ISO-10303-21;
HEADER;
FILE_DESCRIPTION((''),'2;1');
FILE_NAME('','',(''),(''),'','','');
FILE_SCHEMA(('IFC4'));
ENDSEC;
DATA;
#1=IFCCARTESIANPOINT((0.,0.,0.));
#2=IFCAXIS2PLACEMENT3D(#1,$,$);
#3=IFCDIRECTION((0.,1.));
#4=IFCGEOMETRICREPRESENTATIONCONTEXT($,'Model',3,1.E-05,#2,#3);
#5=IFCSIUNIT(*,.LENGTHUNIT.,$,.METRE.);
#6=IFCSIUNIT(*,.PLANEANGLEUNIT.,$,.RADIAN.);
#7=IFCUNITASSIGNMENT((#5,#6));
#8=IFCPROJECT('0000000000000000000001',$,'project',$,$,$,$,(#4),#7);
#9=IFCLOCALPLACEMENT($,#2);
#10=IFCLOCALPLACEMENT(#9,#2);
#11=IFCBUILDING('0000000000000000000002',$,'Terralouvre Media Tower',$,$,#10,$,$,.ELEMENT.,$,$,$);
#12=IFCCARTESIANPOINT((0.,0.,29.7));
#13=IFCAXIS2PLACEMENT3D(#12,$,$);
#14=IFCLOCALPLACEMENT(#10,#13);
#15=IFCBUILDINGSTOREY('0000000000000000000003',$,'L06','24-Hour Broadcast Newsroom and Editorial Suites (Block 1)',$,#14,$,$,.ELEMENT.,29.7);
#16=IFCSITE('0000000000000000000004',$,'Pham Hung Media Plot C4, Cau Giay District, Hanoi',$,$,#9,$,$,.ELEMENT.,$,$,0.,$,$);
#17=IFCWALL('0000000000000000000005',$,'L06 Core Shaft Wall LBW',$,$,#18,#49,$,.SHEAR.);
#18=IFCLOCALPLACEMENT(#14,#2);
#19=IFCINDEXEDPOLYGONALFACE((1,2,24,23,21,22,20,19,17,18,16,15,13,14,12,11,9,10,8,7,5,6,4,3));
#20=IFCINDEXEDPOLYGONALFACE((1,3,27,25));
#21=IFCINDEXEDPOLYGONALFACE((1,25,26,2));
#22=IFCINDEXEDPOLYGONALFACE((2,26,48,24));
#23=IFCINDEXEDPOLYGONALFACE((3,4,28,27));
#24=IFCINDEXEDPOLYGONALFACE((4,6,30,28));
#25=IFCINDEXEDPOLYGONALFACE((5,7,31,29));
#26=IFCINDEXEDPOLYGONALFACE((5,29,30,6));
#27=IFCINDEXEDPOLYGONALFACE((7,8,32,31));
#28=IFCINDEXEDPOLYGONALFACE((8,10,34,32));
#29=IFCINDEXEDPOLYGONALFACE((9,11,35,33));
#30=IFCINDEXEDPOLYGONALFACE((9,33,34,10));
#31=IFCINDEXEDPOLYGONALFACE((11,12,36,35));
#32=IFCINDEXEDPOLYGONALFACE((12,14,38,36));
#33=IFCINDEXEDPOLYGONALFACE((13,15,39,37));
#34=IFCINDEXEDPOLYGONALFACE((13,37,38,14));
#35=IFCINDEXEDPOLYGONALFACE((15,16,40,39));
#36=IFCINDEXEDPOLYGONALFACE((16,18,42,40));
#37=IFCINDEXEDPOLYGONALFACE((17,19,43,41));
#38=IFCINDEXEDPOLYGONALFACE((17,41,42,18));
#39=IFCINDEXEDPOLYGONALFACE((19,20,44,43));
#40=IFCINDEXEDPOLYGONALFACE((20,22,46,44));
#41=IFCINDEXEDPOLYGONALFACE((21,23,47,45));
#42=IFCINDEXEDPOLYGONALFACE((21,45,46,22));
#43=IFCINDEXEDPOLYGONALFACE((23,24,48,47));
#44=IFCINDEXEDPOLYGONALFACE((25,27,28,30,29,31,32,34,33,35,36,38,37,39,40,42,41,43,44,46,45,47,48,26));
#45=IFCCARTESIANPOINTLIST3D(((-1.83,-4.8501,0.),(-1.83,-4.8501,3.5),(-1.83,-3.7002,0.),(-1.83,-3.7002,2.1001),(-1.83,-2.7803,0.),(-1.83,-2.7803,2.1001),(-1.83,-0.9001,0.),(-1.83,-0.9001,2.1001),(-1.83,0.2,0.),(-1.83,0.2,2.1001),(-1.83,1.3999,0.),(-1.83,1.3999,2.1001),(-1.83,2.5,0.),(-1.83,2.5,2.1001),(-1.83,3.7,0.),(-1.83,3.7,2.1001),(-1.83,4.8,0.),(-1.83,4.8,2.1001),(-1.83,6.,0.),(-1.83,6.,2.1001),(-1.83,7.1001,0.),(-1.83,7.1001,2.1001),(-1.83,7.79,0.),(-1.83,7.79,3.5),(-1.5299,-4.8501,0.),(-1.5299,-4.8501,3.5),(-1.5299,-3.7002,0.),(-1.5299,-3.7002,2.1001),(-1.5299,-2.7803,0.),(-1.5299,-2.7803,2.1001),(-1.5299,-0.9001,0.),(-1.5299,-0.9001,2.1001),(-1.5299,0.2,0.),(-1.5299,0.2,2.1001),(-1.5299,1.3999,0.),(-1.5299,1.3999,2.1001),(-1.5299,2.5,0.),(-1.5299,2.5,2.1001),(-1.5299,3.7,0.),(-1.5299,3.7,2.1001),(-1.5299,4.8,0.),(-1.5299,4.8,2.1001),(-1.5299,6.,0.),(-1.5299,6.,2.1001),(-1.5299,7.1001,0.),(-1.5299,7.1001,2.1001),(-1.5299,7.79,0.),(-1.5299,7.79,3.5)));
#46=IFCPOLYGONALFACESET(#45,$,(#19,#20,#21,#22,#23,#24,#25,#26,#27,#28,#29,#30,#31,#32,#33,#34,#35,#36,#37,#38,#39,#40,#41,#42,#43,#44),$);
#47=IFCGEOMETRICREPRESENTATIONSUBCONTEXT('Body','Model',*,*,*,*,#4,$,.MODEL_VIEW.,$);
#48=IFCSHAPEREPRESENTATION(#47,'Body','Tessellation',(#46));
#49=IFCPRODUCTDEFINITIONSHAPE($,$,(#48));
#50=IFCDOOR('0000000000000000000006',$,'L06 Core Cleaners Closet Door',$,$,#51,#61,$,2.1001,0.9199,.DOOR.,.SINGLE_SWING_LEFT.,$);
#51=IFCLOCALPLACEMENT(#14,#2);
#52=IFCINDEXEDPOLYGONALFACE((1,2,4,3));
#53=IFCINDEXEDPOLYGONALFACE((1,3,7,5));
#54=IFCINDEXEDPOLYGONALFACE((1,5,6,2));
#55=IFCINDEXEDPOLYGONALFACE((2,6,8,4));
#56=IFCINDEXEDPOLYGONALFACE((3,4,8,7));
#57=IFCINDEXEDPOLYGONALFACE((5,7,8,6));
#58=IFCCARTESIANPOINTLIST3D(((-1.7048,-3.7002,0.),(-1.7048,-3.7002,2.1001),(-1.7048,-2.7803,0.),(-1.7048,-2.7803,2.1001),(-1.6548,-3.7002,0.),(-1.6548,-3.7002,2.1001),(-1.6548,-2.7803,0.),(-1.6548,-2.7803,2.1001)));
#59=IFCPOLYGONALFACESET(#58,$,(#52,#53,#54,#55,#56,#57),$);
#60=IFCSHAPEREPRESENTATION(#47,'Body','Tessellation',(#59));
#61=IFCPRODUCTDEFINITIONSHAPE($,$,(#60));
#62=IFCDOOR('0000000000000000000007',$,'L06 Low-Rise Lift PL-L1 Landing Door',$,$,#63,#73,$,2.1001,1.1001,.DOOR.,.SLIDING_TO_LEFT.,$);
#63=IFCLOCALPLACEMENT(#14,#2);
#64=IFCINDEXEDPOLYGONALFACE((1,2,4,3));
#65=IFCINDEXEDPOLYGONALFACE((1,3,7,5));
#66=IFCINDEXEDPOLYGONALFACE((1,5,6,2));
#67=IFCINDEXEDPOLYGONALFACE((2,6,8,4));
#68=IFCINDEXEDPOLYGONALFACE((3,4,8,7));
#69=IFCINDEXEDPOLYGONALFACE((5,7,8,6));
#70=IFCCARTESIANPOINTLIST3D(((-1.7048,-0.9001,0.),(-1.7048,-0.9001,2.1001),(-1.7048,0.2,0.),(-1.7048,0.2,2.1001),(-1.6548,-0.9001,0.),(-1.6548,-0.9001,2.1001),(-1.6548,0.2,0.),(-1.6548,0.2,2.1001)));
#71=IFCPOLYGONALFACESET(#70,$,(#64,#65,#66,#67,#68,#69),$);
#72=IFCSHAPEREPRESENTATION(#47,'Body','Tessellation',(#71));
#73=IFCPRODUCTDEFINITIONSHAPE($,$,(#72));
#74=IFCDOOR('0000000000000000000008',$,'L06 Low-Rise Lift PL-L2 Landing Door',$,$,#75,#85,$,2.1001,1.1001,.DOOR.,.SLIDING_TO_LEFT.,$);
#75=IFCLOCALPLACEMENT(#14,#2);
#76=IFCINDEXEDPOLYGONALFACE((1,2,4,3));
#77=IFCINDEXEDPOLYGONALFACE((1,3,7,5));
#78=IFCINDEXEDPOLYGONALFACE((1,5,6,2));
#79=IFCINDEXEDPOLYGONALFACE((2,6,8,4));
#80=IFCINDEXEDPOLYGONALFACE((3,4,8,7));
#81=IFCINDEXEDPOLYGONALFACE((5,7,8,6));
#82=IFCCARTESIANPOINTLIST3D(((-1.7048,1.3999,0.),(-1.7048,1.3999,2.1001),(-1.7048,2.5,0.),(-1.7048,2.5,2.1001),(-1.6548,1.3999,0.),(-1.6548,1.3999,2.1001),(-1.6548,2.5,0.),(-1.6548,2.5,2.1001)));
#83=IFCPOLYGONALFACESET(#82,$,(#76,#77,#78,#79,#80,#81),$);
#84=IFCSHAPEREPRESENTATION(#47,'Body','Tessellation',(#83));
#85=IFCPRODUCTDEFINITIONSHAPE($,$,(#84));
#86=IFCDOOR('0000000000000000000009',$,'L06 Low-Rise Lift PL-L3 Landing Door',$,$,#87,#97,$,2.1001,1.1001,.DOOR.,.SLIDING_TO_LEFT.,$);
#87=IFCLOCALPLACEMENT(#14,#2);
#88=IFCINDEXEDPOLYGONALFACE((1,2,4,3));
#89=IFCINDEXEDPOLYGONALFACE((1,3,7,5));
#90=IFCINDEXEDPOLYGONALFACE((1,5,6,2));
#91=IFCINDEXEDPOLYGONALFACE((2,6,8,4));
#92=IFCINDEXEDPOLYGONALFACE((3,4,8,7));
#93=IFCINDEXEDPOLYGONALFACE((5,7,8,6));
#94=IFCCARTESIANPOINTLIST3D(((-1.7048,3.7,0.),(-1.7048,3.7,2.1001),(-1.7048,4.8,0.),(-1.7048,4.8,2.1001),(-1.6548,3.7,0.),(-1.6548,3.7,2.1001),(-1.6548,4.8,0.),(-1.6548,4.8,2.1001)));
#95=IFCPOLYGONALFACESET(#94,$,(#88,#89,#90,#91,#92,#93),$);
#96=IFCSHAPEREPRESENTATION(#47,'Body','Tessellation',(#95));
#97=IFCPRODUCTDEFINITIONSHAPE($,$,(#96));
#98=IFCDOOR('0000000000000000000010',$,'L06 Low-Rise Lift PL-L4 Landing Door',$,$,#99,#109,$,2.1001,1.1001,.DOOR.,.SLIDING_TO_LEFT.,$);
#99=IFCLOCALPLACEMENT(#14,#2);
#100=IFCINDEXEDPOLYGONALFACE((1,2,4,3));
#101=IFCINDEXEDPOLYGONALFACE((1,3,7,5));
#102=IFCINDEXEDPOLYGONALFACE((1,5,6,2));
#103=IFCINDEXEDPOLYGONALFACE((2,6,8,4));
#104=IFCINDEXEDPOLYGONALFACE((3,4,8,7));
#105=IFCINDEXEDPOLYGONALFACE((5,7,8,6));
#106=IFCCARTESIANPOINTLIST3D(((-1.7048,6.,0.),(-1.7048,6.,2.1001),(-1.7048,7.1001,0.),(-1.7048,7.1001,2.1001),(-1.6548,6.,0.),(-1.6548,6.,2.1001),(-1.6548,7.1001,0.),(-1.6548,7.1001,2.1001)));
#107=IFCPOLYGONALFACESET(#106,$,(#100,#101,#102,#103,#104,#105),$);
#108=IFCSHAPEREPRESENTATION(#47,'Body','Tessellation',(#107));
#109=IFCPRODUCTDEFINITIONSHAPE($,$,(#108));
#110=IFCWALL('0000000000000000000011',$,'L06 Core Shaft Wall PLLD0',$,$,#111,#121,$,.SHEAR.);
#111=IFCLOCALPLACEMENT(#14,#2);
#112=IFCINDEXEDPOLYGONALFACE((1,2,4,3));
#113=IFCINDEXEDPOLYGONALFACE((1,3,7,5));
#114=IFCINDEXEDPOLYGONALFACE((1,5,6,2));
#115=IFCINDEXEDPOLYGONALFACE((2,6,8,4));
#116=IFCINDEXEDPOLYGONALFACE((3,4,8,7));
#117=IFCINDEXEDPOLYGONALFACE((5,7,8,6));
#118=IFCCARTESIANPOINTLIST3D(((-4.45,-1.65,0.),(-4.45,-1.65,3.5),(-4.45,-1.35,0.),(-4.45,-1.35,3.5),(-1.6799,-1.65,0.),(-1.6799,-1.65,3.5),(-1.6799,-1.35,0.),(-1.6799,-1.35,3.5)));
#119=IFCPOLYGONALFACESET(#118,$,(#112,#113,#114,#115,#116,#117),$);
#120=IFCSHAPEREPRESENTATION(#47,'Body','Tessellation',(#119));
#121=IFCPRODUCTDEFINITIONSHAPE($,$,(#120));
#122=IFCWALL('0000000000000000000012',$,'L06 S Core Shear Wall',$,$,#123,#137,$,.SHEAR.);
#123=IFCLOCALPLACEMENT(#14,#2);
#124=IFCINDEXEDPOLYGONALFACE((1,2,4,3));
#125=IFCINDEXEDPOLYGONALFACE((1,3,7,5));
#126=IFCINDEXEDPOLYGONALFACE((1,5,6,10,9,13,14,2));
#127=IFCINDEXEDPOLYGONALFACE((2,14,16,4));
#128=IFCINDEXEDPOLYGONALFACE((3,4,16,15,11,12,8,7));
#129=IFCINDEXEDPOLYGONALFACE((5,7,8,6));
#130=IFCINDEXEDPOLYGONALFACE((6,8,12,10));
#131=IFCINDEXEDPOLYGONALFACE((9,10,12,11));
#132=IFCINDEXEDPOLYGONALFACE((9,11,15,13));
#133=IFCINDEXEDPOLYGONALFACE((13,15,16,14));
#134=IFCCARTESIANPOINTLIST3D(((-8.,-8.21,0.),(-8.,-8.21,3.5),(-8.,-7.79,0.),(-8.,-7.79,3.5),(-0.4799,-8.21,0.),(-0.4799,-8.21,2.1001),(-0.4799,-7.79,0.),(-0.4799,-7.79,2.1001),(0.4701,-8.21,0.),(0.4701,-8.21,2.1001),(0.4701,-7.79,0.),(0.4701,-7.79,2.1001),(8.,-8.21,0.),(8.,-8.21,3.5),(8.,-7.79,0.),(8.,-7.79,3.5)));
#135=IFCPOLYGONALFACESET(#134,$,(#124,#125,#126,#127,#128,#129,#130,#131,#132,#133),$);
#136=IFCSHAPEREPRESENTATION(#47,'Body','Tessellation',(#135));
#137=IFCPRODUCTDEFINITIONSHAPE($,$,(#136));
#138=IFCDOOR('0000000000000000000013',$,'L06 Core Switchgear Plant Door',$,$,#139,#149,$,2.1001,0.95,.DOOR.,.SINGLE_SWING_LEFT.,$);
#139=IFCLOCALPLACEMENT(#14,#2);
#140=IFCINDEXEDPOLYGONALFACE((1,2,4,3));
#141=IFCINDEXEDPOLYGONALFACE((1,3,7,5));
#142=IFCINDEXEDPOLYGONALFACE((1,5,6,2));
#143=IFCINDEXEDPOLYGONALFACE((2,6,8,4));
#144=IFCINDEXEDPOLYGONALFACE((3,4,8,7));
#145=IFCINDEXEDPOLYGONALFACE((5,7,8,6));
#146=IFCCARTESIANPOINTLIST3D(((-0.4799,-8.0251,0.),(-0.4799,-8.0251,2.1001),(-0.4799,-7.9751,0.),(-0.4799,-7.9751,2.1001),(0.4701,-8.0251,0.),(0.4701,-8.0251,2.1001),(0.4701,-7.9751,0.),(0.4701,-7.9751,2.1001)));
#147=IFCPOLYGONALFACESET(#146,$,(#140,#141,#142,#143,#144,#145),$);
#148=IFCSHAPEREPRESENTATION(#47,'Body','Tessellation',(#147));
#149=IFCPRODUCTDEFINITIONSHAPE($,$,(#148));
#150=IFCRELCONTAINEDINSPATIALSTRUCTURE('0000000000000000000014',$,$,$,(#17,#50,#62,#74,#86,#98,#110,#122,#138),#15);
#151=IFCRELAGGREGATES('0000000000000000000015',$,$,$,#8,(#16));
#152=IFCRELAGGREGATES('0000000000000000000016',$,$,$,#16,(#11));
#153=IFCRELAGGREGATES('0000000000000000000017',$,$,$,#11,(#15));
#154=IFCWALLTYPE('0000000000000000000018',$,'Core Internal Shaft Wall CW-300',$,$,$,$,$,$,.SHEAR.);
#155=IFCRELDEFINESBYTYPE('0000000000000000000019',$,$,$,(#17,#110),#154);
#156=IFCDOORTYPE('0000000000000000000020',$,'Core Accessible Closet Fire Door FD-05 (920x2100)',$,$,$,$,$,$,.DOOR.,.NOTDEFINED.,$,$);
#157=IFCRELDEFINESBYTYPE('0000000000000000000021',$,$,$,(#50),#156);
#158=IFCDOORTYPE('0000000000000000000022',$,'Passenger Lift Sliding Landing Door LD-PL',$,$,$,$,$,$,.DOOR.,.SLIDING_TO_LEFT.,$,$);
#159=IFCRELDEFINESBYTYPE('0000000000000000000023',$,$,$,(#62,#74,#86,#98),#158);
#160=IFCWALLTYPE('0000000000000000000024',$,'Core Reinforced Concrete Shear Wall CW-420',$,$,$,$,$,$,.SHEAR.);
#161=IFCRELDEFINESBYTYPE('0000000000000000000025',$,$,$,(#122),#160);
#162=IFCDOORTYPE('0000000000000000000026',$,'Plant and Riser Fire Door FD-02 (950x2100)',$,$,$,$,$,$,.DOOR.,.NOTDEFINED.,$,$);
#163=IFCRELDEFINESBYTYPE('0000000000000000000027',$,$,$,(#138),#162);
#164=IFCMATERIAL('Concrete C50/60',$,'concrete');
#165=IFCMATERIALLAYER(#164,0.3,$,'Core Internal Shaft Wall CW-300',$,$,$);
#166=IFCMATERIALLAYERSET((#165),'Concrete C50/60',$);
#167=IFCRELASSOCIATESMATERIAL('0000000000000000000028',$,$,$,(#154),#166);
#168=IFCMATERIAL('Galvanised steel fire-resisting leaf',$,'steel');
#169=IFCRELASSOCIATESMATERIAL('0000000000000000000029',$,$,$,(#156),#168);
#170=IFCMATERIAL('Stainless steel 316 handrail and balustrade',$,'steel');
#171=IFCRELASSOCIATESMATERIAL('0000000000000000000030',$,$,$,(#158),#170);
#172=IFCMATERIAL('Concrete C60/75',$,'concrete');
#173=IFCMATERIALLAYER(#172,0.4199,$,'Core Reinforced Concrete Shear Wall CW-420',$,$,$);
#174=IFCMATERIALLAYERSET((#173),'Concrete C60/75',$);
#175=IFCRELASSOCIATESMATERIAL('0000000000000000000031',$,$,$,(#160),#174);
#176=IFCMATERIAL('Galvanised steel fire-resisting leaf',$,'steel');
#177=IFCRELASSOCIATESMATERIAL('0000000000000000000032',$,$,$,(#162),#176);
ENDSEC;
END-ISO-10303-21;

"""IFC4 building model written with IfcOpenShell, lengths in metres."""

from ifc_helpers import new_model, si_unit, direction, frame, frame_2d, origin, place, context, subcontext, project, spatial, rectangle, extrude, material, layer, layer_set, type_object, element, fill, save


model = new_model("IFC4")

# Units and contexts
model_context = context("Model", 3, precision=1e-05, world=origin(), true_north=direction((0.0, 1.0)))
body_context = subcontext(model_context, "Body", "Model", "MODEL_VIEW")
ifc_project = project(units=[si_unit("LENGTHUNIT", "METRE"), si_unit("PLANEANGLEUNIT", "RADIAN")], contexts=[model_context])

# Site, building, storey
site_placement = place(None, origin())
site = spatial("IfcSite", under=ifc_project, at=site_placement, Name="Pham Hung Media Plot C4, Cau Giay District, Hanoi", CompositionType="ELEMENT", RefElevation=0.0)
building_placement = place(site_placement, origin())
building = spatial("IfcBuilding", under=site, at=building_placement, Name="Terralouvre Media Tower", CompositionType="ELEMENT")
storey_placement = place(building_placement, frame((0.0, 0.0, 29.7)))
storey = spatial("IfcBuildingStorey", under=building, at=storey_placement, Name="L06", Description="24-Hour Broadcast Newsroom and Editorial Suites (Block 1)", CompositionType="ELEMENT", Elevation=29.7)

# Shared definitions
ifc_material_1 = material(Name="Concrete C50/60", Category="concrete")
ifc_layer_1 = layer(ifc_material_1, 0.3, Name="Core Internal Shaft Wall CW-300")
ifc_layer_set_1 = layer_set([ifc_layer_1], Name="Concrete C50/60")
wall_type_1 = type_object("IfcWallType", Name="Core Internal Shaft Wall CW-300", PredefinedType="SHEAR", material=ifc_layer_set_1)

# Wall, openings, doors
wall_1_placement = place(storey_placement, frame((-1.6799, -4.8501, 0.0), z_axis=(0.0, 0.0, 1.0), x_axis=(0.0, 1.0, 0.0)))
wall_1 = element("IfcWall", 1, at=wall_1_placement, inside=storey, type_object=wall_type_1, Name="L06 Core Shaft Wall LBW", PredefinedType="SHEAR", context=body_context, shape_type="SweptSolid", body=[
    extrude(rectangle(XDim=12.6401, YDim=0.3, at=frame_2d((6.3201, 0.0))), origin(), (0.0, 0.0, 1.0), 3.5),
])
opening_1_placement = place(wall_1_placement, frame((3.95, 0.0, 0.0)))
opening_1 = element("IfcOpeningElement", 2, at=opening_1_placement, cuts=wall_1, PredefinedType="OPENING", context=body_context, shape_type="SweptSolid", body=[
    extrude(rectangle(XDim=1.1001, YDim=2.1001, at=frame_2d((0.55, 1.05))), frame((0.0, 0.1599, 0.0), z_axis=(0.0, -1.0, 0.0), x_axis=(1.0, 0.0, 0.0)), (0.0, 0.0, 1.0), 0.3201),
])
opening_2_placement = place(wall_1_placement, frame((6.25, 0.0, 0.0)))
opening_2 = element("IfcOpeningElement", 3, at=opening_2_placement, cuts=wall_1, PredefinedType="OPENING", context=body_context, shape_type="SweptSolid", body=[
    extrude(rectangle(XDim=1.1001, YDim=2.1001, at=frame_2d((0.55, 1.05))), frame((0.0, 0.1599, 0.0), z_axis=(0.0, -1.0, 0.0), x_axis=(1.0, 0.0, 0.0)), (0.0, 0.0, 1.0), 0.3201),
])
opening_3_placement = place(wall_1_placement, frame((8.55, 0.0, 0.0)))
opening_3 = element("IfcOpeningElement", 4, at=opening_3_placement, cuts=wall_1, PredefinedType="OPENING", context=body_context, shape_type="SweptSolid", body=[
    extrude(rectangle(XDim=1.1001, YDim=2.1001, at=frame_2d((0.55, 1.05))), frame((0.0, 0.1599, 0.0), z_axis=(0.0, -1.0, 0.0), x_axis=(1.0, 0.0, 0.0)), (0.0, 0.0, 1.0), 0.3201),
])
opening_4_placement = place(wall_1_placement, frame((10.8501, 0.0, 0.0)))
opening_4 = element("IfcOpeningElement", 5, at=opening_4_placement, cuts=wall_1, PredefinedType="OPENING", context=body_context, shape_type="SweptSolid", body=[
    extrude(rectangle(XDim=1.1001, YDim=2.1001, at=frame_2d((0.55, 1.05))), frame((0.0, 0.1599, 0.0), z_axis=(0.0, -1.0, 0.0), x_axis=(1.0, 0.0, 0.0)), (0.0, 0.0, 1.0), 0.3201),
])
opening_5_placement = place(wall_1_placement, frame((1.1499, 0.0, 0.0)))
opening_5 = element("IfcOpeningElement", 6, at=opening_5_placement, cuts=wall_1, PredefinedType="OPENING", context=body_context, shape_type="SweptSolid", body=[
    extrude(rectangle(XDim=0.9199, YDim=2.1001, at=frame_2d((0.46, 1.05))), frame((0.0, 0.1599, 0.0), z_axis=(0.0, -1.0, 0.0), x_axis=(1.0, 0.0, 0.0)), (0.0, 0.0, 1.0), 0.3201),
])
ifc_material_2 = material(Name="Galvanised steel fire-resisting leaf", Category="steel")
door_type_1 = type_object("IfcDoorType", Name="Core Accessible Closet Fire Door FD-05 (920x2100)", OperationType="NOTDEFINED", PredefinedType="DOOR", material=ifc_material_2)
door_1_placement = place(opening_5_placement, origin())
door_1 = element("IfcDoor", 7, at=door_1_placement, inside=storey, type_object=door_type_1, Name="L06 Core Cleaners Closet Door", OperationType="SINGLE_SWING_LEFT", OverallHeight=2.1001, OverallWidth=0.9199, PredefinedType="DOOR", context=body_context, shape_type="SweptSolid", body=[
    extrude(rectangle(XDim=0.9199, YDim=2.1001, at=frame_2d((0.46, 1.05))), frame((0.0, 0.0249, 0.0), z_axis=(0.0, -1.0, 0.0), x_axis=(1.0, 0.0, 0.0)), (0.0, 0.0, 1.0), 0.05),
])
fill(opening_5, door_1)
ifc_material_3 = material(Name="Stainless steel 316 handrail and balustrade", Category="steel")
door_type_2 = type_object("IfcDoorType", Name="Passenger Lift Sliding Landing Door LD-PL", OperationType="SLIDING_TO_LEFT", PredefinedType="DOOR", material=ifc_material_3)
door_2_placement = place(opening_1_placement, origin())
door_2 = element("IfcDoor", 8, at=door_2_placement, inside=storey, type_object=door_type_2, Name="L06 Low-Rise Lift PL-L1 Landing Door", OperationType="SLIDING_TO_LEFT", OverallHeight=2.1001, OverallWidth=1.1001, PredefinedType="DOOR", context=body_context, shape_type="SweptSolid", body=[
    extrude(rectangle(XDim=1.1001, YDim=2.1001, at=frame_2d((0.55, 1.05))), frame((0.0, 0.0249, 0.0), z_axis=(0.0, -1.0, 0.0), x_axis=(1.0, 0.0, 0.0)), (0.0, 0.0, 1.0), 0.05),
])
fill(opening_1, door_2)
door_3_placement = place(opening_2_placement, origin())
door_3 = element("IfcDoor", 9, at=door_3_placement, inside=storey, type_object=door_type_2, Name="L06 Low-Rise Lift PL-L2 Landing Door", OperationType="SLIDING_TO_LEFT", OverallHeight=2.1001, OverallWidth=1.1001, PredefinedType="DOOR", context=body_context, shape_type="SweptSolid", body=[
    extrude(rectangle(XDim=1.1001, YDim=2.1001, at=frame_2d((0.55, 1.05))), frame((0.0, 0.0249, 0.0), z_axis=(0.0, -1.0, 0.0), x_axis=(1.0, 0.0, 0.0)), (0.0, 0.0, 1.0), 0.05),
])
fill(opening_2, door_3)
door_4_placement = place(opening_3_placement, origin())
door_4 = element("IfcDoor", 10, at=door_4_placement, inside=storey, type_object=door_type_2, Name="L06 Low-Rise Lift PL-L3 Landing Door", OperationType="SLIDING_TO_LEFT", OverallHeight=2.1001, OverallWidth=1.1001, PredefinedType="DOOR", context=body_context, shape_type="SweptSolid", body=[
    extrude(rectangle(XDim=1.1001, YDim=2.1001, at=frame_2d((0.55, 1.05))), frame((0.0, 0.0249, 0.0), z_axis=(0.0, -1.0, 0.0), x_axis=(1.0, 0.0, 0.0)), (0.0, 0.0, 1.0), 0.05),
])
fill(opening_3, door_4)
door_5_placement = place(opening_4_placement, origin())
door_5 = element("IfcDoor", 11, at=door_5_placement, inside=storey, type_object=door_type_2, Name="L06 Low-Rise Lift PL-L4 Landing Door", OperationType="SLIDING_TO_LEFT", OverallHeight=2.1001, OverallWidth=1.1001, PredefinedType="DOOR", context=body_context, shape_type="SweptSolid", body=[
    extrude(rectangle(XDim=1.1001, YDim=2.1001, at=frame_2d((0.55, 1.05))), frame((0.0, 0.0249, 0.0), z_axis=(0.0, -1.0, 0.0), x_axis=(1.0, 0.0, 0.0)), (0.0, 0.0, 1.0), 0.05),
])
fill(opening_4, door_5)

# Wall
wall_2_placement = place(storey_placement, frame((-4.45, -1.5, 0.0), z_axis=(0.0, 0.0, 1.0), x_axis=(1.0, 0.0, 0.0)))
element("IfcWall", 12, at=wall_2_placement, inside=storey, type_object=wall_type_1, Name="L06 Core Shaft Wall PLLD0", PredefinedType="SHEAR", context=body_context, shape_type="SweptSolid", body=[
    extrude(rectangle(XDim=2.77, YDim=0.3, at=frame_2d((1.385, 0.0))), origin(), (0.0, 0.0, 1.0), 3.5),
])

# Wall, opening, door
ifc_material_4 = material(Name="Concrete C60/75", Category="concrete")
ifc_layer_2 = layer(ifc_material_4, 0.4199, Name="Core Reinforced Concrete Shear Wall CW-420")
ifc_layer_set_2 = layer_set([ifc_layer_2], Name="Concrete C60/75")
wall_type_2 = type_object("IfcWallType", Name="Core Reinforced Concrete Shear Wall CW-420", PredefinedType="SHEAR", material=ifc_layer_set_2)
wall_3_placement = place(storey_placement, frame((-8.0, -8.0, 0.0), z_axis=(0.0, 0.0, 1.0), x_axis=(1.0, 0.0, 0.0)))
wall_3 = element("IfcWall", 13, at=wall_3_placement, inside=storey, type_object=wall_type_2, Name="L06 S Core Shear Wall", PredefinedType="SHEAR", context=body_context, shape_type="SweptSolid", body=[
    extrude(rectangle(XDim=16.0, YDim=0.4199, at=frame_2d((8.0, 0.0))), origin(), (0.0, 0.0, 1.0), 3.5),
])
opening_6_placement = place(wall_3_placement, frame((7.52, 0.0, 0.0)))
opening_6 = element("IfcOpeningElement", 14, at=opening_6_placement, cuts=wall_3, PredefinedType="OPENING", context=body_context, shape_type="SweptSolid", body=[
    extrude(rectangle(XDim=0.95, YDim=2.1001, at=frame_2d((0.4751, 1.05))), frame((0.0, 0.22, 0.0), z_axis=(0.0, -1.0, 0.0), x_axis=(1.0, 0.0, 0.0)), (0.0, 0.0, 1.0), 0.4399),
])
ifc_material_5 = material(Name="Galvanised steel fire-resisting leaf", Category="steel")
door_type_3 = type_object("IfcDoorType", Name="Plant and Riser Fire Door FD-02 (950x2100)", OperationType="NOTDEFINED", PredefinedType="DOOR", material=ifc_material_5)
door_6_placement = place(opening_6_placement, origin())
door_6 = element("IfcDoor", 15, at=door_6_placement, inside=storey, type_object=door_type_3, Name="L06 Core Switchgear Plant Door", OperationType="SINGLE_SWING_LEFT", OverallHeight=2.1001, OverallWidth=0.95, PredefinedType="DOOR", context=body_context, shape_type="SweptSolid", body=[
    extrude(rectangle(XDim=0.95, YDim=2.1001, at=frame_2d((0.4751, 1.05))), frame((0.0, 0.0249, 0.0), z_axis=(0.0, -1.0, 0.0), x_axis=(1.0, 0.0, 0.0)), (0.0, 0.0, 1.0), 0.05),
])
fill(opening_6, door_6)

save(model, "model.ifc")
